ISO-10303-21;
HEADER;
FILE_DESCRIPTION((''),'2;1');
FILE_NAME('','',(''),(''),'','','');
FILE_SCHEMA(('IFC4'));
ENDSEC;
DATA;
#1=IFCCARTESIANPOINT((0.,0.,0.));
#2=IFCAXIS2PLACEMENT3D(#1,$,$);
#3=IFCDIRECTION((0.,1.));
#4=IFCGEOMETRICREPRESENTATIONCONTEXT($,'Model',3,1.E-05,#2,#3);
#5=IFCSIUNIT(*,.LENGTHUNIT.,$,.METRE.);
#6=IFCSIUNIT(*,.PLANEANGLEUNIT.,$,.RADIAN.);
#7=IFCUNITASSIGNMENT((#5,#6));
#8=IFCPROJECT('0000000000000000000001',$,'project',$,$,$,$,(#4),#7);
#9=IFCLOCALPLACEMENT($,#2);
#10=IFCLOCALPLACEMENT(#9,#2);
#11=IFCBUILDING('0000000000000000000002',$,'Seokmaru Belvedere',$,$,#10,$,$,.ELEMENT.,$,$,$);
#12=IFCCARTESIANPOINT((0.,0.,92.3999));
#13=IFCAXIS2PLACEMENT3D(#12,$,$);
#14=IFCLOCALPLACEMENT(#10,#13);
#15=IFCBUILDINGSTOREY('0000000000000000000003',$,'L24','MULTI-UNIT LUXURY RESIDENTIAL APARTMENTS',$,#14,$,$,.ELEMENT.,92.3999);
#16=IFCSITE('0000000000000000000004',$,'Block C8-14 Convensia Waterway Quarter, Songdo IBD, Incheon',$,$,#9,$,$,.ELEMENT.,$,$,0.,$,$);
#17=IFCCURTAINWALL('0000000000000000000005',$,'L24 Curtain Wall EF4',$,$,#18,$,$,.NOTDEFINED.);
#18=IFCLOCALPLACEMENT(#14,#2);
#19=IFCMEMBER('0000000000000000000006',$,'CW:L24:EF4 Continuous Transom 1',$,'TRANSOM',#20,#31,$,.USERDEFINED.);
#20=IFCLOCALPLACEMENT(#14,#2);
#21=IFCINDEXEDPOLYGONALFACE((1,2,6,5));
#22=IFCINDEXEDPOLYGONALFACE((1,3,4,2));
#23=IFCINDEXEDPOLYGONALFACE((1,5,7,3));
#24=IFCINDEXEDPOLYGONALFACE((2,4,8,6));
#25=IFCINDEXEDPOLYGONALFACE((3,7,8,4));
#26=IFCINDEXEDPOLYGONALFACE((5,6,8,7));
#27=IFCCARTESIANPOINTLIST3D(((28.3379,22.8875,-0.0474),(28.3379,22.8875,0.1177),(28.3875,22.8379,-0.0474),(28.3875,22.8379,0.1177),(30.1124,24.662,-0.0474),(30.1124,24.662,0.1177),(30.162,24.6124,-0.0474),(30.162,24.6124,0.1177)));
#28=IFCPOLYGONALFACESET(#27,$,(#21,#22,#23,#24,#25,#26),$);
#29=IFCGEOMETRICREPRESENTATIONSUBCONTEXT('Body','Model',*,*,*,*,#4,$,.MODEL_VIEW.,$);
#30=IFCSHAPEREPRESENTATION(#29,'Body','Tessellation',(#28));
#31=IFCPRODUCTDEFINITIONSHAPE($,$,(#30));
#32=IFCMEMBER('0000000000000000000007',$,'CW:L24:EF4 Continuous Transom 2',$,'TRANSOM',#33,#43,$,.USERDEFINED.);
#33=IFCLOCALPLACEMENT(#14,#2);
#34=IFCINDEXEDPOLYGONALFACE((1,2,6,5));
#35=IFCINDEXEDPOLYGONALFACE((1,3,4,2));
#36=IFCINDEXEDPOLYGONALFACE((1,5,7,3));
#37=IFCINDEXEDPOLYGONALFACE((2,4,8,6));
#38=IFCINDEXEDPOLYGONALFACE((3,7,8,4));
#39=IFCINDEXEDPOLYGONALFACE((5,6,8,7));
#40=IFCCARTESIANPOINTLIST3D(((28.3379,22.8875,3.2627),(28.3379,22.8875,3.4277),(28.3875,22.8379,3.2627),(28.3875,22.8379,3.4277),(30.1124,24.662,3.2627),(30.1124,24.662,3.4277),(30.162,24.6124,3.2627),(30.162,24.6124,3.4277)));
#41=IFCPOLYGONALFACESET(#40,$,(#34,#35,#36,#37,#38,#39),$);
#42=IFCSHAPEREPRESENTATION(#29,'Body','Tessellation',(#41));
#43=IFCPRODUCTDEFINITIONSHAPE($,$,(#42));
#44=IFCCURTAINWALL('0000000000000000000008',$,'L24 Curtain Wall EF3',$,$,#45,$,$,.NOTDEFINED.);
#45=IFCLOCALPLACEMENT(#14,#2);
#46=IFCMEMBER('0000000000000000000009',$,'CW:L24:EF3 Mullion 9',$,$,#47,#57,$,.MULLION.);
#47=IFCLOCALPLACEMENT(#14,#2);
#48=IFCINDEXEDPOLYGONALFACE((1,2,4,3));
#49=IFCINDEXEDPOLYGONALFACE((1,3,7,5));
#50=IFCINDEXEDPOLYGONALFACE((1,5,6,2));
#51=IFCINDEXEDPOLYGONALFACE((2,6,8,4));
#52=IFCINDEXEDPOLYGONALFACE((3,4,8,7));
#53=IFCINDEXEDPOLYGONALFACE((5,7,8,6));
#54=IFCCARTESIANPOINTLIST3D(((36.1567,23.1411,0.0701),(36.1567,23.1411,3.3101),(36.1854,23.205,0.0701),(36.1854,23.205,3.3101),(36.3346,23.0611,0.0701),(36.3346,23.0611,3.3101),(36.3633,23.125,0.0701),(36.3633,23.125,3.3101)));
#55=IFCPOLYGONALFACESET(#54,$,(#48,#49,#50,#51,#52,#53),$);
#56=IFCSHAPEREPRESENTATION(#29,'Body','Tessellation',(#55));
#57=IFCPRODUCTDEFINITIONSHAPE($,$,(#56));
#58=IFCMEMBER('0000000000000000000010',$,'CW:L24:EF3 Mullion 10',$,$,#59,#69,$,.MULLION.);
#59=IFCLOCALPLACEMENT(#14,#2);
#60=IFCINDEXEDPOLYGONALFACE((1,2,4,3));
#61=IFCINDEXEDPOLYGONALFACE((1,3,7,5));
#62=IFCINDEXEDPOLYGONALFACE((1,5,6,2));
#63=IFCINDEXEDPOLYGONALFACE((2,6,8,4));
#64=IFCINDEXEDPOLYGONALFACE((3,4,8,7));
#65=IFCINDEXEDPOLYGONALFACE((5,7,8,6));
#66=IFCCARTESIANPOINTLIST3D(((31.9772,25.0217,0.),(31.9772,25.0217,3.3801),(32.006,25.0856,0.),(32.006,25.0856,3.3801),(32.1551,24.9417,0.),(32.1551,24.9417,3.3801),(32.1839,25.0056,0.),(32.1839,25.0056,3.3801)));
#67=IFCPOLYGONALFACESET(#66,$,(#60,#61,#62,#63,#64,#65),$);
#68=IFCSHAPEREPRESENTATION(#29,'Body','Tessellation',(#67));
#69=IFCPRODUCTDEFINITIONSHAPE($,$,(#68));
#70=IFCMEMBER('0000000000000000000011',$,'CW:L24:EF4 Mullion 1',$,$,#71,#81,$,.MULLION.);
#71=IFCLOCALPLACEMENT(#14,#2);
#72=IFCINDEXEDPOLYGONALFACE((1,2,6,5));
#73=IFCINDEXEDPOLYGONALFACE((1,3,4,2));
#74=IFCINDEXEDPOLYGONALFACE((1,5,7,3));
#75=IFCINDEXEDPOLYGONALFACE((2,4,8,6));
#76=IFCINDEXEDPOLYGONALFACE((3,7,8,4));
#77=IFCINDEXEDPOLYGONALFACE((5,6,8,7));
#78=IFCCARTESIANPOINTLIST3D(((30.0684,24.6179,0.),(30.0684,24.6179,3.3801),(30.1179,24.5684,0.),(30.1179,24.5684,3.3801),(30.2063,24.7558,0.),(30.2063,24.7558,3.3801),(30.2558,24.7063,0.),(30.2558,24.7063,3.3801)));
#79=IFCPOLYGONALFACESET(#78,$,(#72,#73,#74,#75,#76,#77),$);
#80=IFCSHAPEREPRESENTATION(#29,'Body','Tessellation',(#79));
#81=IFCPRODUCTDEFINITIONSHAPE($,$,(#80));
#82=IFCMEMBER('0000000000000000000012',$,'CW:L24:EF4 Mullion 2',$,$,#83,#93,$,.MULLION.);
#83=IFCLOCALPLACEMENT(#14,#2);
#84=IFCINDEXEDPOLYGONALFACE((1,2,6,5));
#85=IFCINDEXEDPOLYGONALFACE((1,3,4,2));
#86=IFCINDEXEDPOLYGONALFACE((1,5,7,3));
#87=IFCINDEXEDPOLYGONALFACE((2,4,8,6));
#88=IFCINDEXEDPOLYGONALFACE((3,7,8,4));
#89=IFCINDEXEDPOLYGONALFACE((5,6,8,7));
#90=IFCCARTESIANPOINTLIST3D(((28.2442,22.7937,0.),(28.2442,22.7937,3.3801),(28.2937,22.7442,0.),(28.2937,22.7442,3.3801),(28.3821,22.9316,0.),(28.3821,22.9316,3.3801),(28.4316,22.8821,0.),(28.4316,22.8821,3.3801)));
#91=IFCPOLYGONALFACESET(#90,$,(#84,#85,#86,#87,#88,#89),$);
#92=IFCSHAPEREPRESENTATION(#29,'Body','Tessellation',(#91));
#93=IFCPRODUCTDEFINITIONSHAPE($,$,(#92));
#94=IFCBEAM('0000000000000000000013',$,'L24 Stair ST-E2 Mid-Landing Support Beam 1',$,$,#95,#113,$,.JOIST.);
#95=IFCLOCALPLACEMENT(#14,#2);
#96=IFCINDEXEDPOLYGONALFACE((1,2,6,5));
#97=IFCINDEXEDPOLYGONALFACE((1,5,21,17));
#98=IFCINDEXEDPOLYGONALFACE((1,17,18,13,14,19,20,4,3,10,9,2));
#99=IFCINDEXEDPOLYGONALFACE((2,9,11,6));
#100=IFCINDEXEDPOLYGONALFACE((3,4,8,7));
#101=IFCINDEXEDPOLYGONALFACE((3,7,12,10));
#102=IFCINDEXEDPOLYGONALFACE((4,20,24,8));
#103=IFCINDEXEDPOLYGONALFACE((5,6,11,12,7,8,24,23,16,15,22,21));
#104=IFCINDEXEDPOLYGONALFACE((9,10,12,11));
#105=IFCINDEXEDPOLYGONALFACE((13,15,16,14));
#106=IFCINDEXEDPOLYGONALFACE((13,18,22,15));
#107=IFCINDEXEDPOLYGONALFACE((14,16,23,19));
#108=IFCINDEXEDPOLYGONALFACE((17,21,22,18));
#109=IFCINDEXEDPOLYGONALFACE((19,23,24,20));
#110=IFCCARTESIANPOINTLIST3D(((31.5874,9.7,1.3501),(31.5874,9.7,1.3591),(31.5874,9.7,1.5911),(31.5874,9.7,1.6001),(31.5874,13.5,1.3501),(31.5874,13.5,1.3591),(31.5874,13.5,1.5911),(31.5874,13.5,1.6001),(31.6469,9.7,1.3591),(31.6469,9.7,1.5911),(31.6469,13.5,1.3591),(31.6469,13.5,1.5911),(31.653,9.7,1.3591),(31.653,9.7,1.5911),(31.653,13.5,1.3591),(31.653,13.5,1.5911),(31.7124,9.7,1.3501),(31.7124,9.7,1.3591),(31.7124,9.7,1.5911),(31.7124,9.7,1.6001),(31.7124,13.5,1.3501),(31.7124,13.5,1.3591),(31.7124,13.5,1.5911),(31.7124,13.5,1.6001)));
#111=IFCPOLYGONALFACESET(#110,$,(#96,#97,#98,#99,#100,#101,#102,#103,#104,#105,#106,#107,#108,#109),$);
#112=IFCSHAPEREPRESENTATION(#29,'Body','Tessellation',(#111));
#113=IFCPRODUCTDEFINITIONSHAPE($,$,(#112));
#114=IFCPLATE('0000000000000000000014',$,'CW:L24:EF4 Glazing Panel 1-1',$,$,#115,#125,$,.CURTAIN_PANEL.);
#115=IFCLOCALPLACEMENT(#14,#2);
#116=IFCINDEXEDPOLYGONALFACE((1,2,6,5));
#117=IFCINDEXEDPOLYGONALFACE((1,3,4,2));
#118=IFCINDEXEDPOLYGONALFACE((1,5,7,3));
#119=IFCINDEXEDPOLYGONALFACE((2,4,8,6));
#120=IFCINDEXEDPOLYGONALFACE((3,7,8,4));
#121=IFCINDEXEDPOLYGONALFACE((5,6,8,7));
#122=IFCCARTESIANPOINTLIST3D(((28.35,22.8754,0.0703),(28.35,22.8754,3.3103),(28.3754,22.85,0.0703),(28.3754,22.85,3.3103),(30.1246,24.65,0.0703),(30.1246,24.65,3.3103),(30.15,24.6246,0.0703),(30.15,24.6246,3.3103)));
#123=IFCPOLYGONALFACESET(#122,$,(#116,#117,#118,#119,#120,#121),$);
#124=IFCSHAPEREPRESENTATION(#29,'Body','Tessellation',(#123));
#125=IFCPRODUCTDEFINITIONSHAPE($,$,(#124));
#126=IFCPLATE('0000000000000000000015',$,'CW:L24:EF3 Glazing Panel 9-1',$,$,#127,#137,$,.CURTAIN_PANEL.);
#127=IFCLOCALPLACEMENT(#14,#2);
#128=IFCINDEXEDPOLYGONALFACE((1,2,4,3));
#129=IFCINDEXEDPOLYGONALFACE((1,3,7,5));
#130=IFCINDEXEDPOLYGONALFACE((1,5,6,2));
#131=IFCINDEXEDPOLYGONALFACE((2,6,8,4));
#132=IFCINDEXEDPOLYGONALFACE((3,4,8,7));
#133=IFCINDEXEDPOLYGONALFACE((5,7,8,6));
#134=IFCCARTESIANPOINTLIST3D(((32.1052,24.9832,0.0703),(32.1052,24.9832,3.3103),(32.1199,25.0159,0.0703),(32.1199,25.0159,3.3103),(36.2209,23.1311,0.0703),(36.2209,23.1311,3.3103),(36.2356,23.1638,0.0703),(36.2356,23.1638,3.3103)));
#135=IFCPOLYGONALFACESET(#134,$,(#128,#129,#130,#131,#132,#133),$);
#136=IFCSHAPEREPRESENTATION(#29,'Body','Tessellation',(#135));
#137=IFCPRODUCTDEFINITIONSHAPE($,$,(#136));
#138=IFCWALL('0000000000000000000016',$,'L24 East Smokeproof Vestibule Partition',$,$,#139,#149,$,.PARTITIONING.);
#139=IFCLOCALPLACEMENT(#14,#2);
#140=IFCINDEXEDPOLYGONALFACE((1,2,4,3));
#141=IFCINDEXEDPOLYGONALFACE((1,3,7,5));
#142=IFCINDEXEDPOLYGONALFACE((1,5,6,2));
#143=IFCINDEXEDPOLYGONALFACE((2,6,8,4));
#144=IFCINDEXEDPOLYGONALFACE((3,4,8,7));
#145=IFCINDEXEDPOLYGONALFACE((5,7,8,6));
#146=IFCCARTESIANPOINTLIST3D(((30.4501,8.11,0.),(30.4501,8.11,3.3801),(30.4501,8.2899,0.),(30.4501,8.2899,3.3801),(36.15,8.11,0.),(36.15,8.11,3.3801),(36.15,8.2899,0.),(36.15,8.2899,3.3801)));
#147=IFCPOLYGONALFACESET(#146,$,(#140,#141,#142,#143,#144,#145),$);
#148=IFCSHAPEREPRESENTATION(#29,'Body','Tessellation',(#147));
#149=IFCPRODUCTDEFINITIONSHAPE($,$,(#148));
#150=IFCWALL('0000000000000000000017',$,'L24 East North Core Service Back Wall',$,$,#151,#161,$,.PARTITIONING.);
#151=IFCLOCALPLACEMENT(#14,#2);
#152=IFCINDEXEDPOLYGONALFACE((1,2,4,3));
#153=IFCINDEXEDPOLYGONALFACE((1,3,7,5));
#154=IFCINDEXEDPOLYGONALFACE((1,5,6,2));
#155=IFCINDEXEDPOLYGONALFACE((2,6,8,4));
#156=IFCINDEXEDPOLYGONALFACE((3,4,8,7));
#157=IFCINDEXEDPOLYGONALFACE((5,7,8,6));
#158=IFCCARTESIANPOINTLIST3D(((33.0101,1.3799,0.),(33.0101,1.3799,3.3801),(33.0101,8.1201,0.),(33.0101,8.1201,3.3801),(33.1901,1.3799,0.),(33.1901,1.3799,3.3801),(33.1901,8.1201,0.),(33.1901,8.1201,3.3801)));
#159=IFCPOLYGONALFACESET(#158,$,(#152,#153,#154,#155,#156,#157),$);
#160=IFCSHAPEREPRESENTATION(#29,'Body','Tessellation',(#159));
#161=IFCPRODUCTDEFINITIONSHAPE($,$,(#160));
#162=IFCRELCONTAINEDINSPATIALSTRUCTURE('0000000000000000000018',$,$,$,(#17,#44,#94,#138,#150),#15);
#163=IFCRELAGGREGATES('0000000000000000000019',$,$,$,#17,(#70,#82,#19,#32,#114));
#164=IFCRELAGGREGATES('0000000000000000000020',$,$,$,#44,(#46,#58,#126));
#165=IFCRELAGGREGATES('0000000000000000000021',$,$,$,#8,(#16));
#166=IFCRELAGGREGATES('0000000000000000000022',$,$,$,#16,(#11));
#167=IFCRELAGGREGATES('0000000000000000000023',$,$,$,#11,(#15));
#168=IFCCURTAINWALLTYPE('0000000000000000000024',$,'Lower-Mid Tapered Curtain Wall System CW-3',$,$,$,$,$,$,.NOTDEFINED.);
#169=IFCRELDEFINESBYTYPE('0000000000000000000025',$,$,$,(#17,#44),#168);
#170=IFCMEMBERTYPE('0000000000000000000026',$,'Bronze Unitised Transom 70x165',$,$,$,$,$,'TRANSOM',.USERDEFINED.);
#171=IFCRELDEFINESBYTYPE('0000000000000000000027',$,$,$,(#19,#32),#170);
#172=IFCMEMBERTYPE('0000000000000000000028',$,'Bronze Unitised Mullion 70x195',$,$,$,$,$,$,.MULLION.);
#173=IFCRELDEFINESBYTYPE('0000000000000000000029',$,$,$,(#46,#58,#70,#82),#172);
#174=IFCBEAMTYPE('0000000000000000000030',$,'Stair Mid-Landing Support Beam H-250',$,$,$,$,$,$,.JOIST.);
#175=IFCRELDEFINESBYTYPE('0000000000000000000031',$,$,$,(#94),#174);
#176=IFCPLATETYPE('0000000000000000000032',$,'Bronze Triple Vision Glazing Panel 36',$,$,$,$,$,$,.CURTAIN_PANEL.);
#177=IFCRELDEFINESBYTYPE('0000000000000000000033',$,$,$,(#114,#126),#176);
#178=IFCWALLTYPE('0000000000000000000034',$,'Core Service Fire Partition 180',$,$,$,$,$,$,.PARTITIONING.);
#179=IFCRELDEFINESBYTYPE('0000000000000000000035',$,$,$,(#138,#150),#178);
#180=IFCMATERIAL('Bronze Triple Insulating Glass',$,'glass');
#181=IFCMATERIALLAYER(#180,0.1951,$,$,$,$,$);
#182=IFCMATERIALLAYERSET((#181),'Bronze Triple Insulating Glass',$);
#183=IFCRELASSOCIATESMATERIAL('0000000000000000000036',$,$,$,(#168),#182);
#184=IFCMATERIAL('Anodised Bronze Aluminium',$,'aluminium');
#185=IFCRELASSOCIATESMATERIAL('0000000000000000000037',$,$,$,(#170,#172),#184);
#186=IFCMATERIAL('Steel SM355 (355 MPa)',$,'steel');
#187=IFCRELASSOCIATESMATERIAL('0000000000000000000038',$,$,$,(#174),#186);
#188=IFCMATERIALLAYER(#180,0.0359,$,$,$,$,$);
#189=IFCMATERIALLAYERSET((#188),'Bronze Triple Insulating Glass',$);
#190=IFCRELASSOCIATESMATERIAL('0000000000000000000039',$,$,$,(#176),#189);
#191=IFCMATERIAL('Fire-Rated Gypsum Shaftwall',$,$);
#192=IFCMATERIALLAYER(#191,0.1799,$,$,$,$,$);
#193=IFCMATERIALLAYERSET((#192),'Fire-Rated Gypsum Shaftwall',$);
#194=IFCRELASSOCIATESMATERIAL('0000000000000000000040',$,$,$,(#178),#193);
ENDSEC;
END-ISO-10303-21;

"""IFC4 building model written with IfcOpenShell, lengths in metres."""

from ifc_helpers import new_model, si_unit, direction, frame, frame_2d, origin, origin_2d, place, context, subcontext, project, spatial, rectangle, i_section, extrude, source, transform, mapped, material, layer, layer_set, material_profile, profile_set, type_object, type_shapes, element, aggregate, save


model = new_model("IFC4")

# Units and contexts
model_context = context("Model", 3, precision=1e-05, world=origin(), true_north=direction((0.0, 1.0)))
body_context = subcontext(model_context, "Body", "Model", "MODEL_VIEW")
ifc_project = project(units=[si_unit("LENGTHUNIT", "METRE"), si_unit("PLANEANGLEUNIT", "RADIAN")], contexts=[model_context])

# Site, building, storey
site_placement = place(None, origin())
site = spatial("IfcSite", under=ifc_project, at=site_placement, Name="Block C8-14 Convensia Waterway Quarter, Songdo IBD, Incheon", CompositionType="ELEMENT", RefElevation=0.0)
building_placement = place(site_placement, origin())
building = spatial("IfcBuilding", under=site, at=building_placement, Name="Seokmaru Belvedere", CompositionType="ELEMENT")
storey_placement = place(building_placement, frame((0.0, 0.0, 92.3999)))
storey = spatial("IfcBuildingStorey", under=building, at=storey_placement, Name="L24", Description="MULTI-UNIT LUXURY RESIDENTIAL APARTMENTS", CompositionType="ELEMENT", Elevation=92.3999)

# Shared definitions
ifc_material_1 = material(Name="Steel SM355 (355 MPa)", Category="steel")

# Curtain walls, members
ifc_material_2 = material(Name="Bronze Triple Insulating Glass", Category="glass")
ifc_layer_1 = layer(ifc_material_2, 0.1951)
ifc_layer_set_1 = layer_set([ifc_layer_1], Name="Bronze Triple Insulating Glass")
curtain_wall_type = type_object("IfcCurtainWallType", Name="Lower-Mid Tapered Curtain Wall System CW-3", PredefinedType="NOTDEFINED", material=ifc_layer_set_1)
curtain_wall_1_placement = place(storey_placement, origin())
curtain_wall_1 = element("IfcCurtainWall", 1, at=curtain_wall_1_placement, inside=storey, type_object=curtain_wall_type, Name="L24 Curtain Wall EF4", PredefinedType="NOTDEFINED")
ifc_material_3 = material(Name="Anodised Bronze Aluminium", Category="aluminium")
ifc_material_profile_1 = material_profile(ifc_material_3, rectangle(XDim=0.0701, YDim=0.165, at=origin_2d()), Name="CW-T-70x165")
ifc_profile_set_1 = profile_set([ifc_material_profile_1], Name="Anodised Bronze Aluminium")
member_type_1 = type_object("IfcMemberType", Name="Bronze Unitised Transom 70x165", ElementType="TRANSOM", PredefinedType="USERDEFINED", material=ifc_profile_set_1)
shared_shape_1 = source(origin(), body_context, "Body", "SweptSolid", [
    extrude(rectangle(XDim=0.0701, YDim=0.165, at=origin_2d()), origin(), (0.0, 0.0, 1.0), 2.5095),
])
type_shapes(member_type_1, [shared_shape_1])
member_1_placement = place(storey_placement, frame((30.1372, 24.6372, 0.0352), z_axis=(-0.707107, -0.707107, 0.0), x_axis=(0.707107, -0.707107, 0.0)))
member_1 = element("IfcMember", 2, at=member_1_placement, type_object=member_type_1, Name="CW:L24:EF4 Continuous Transom 1", ObjectType="TRANSOM", PredefinedType="USERDEFINED", context=body_context, shape_type="MappedRepresentation", body=[
    mapped(shared_shape_1, transform((0.0, 0.0, 0.0), scale=1.0)),
])
member_2_placement = place(storey_placement, frame((30.1372, 24.6372, 3.3452), z_axis=(-0.707107, -0.707107, 0.0), x_axis=(0.707107, -0.707107, 0.0)))
member_2 = element("IfcMember", 3, at=member_2_placement, type_object=member_type_1, Name="CW:L24:EF4 Continuous Transom 2", ObjectType="TRANSOM", PredefinedType="USERDEFINED", context=body_context, shape_type="MappedRepresentation", body=[
    mapped(shared_shape_1, transform((0.0, 0.0, 0.0), scale=1.0)),
])
curtain_wall_2_placement = place(storey_placement, origin())
curtain_wall_2 = element("IfcCurtainWall", 4, at=curtain_wall_2_placement, inside=storey, type_object=curtain_wall_type, Name="L24 Curtain Wall EF3", PredefinedType="NOTDEFINED")
ifc_material_profile_2 = material_profile(ifc_material_3, rectangle(XDim=0.0701, YDim=0.1951, at=origin_2d()), Name="CW-M-70x195")
ifc_profile_set_2 = profile_set([ifc_material_profile_2], Name="Anodised Bronze Aluminium")
member_type_2 = type_object("IfcMemberType", Name="Bronze Unitised Mullion 70x195", PredefinedType="MULLION", material=ifc_profile_set_2)
shared_shape_2 = source(origin(), body_context, "Body", "SweptSolid", [
    extrude(rectangle(XDim=0.0701, YDim=0.1951, at=origin_2d()), origin(), (0.0, 0.0, 1.0), 3.24),
])
member_3_placement = place(storey_placement, frame((36.26, 23.1331, 0.0701), z_axis=(0.0, 0.0, 1.0), x_axis=(-0.410366, -0.911921, 0.0)))
member_3 = element("IfcMember", 5, at=member_3_placement, type_object=member_type_2, Name="CW:L24:EF3 Mullion 9", PredefinedType="MULLION", context=body_context, shape_type="MappedRepresentation", body=[
    mapped(shared_shape_2, transform((0.0, 0.0, 0.0), scale=1.0)),
])
shared_shape_3 = source(origin(), body_context, "Body", "SweptSolid", [
    extrude(rectangle(XDim=0.0701, YDim=0.1951, at=origin_2d()), origin(), (0.0, 0.0, 1.0), 3.3801),
])
type_shapes(member_type_2, [shared_shape_2, shared_shape_3])
member_4_placement = place(storey_placement, frame((32.0806, 25.0137, 0.0), z_axis=(0.0, 0.0, 1.0), x_axis=(-0.410366, -0.911921, 0.0)))
member_4 = element("IfcMember", 6, at=member_4_placement, type_object=member_type_2, Name="CW:L24:EF3 Mullion 10", PredefinedType="MULLION", context=body_context, shape_type="MappedRepresentation", body=[
    mapped(shared_shape_3, transform((0.0, 0.0, 0.0), scale=1.0)),
])

# Members
member_5_placement = place(storey_placement, frame((30.1621, 24.6621, 0.0), z_axis=(0.0, 0.0, 1.0), x_axis=(0.707107, -0.707107, 0.0)))
member_5 = element("IfcMember", 7, at=member_5_placement, type_object=member_type_2, Name="CW:L24:EF4 Mullion 1", PredefinedType="MULLION", context=body_context, shape_type="MappedRepresentation", body=[
    mapped(shared_shape_3, transform((0.0, 0.0, 0.0), scale=1.0)),
])
member_6_placement = place(storey_placement, frame((28.3379, 22.8379, 0.0), z_axis=(0.0, 0.0, 1.0), x_axis=(0.707107, -0.707107, 0.0)))
member_6 = element("IfcMember", 8, at=member_6_placement, type_object=member_type_2, Name="CW:L24:EF4 Mullion 2", PredefinedType="MULLION", context=body_context, shape_type="MappedRepresentation", body=[
    mapped(shared_shape_3, transform((0.0, 0.0, 0.0), scale=1.0)),
])

# Beam
ifc_material_profile_3 = material_profile(ifc_material_1, i_section(OverallWidth=0.125, OverallDepth=0.25, WebThickness=0.0061, FlangeThickness=0.009, at=origin_2d()), Name="H-250x125x6x9")
ifc_profile_set_3 = profile_set([ifc_material_profile_3], Name="Steel SM355 (355 MPa)")
beam_type_1 = type_object("IfcBeamType", Name="Stair Mid-Landing Support Beam H-250", PredefinedType="JOIST", material=ifc_profile_set_3)
shared_shape_4 = source(origin(), body_context, "Body", "SweptSolid", [
    extrude(i_section(OverallWidth=0.125, OverallDepth=0.25, WebThickness=0.0061, FlangeThickness=0.009, at=origin_2d()), origin(), (0.0, 0.0, 1.0), 3.8),
])
type_shapes(beam_type_1, [shared_shape_4])
beam_1_placement = place(storey_placement, frame((31.6499, 9.7, 1.4751), z_axis=(0.0, 1.0, 0.0), x_axis=(-1.0, 0.0, 0.0)))
element("IfcBeam", 9, at=beam_1_placement, inside=storey, type_object=beam_type_1, Name="L24 Stair ST-E2 Mid-Landing Support Beam 1", PredefinedType="JOIST", context=body_context, shape_type="MappedRepresentation", body=[
    mapped(shared_shape_4, transform((0.0, 0.0, 0.0), scale=1.0)),
])

# Plates
ifc_layer_2 = layer(ifc_material_2, 0.0359)
ifc_layer_set_2 = layer_set([ifc_layer_2], Name="Bronze Triple Insulating Glass")
plate_type = type_object("IfcPlateType", Name="Bronze Triple Vision Glazing Panel 36", PredefinedType="CURTAIN_PANEL", material=ifc_layer_set_2)
shared_shape_5 = source(origin(), body_context, "Body", "SweptSolid", [
    extrude(rectangle(XDim=2.5098, YDim=0.0359, at=origin_2d()), origin(), (0.0, 0.0, 1.0), 3.24),
])
plate_1_placement = place(storey_placement, frame((29.25, 23.75, 0.0703), z_axis=(0.0, 0.0, 1.0), x_axis=(-0.707107, -0.707107, 0.0)))
plate_1 = element("IfcPlate", 10, at=plate_1_placement, type_object=plate_type, Name="CW:L24:EF4 Glazing Panel 1-1", PredefinedType="CURTAIN_PANEL", context=body_context, shape_type="MappedRepresentation", body=[
    mapped(shared_shape_5, transform((0.0, 0.0, 0.0), scale=1.0)),
])
aggregate(curtain_wall_1, [member_5, member_6, member_1, member_2, plate_1])
shared_shape_6 = source(origin(), body_context, "Body", "SweptSolid", [
    extrude(rectangle(XDim=4.5132, YDim=0.0359, at=origin_2d()), origin(), (0.0, 0.0, 1.0), 3.24),
])
type_shapes(plate_type, [shared_shape_5, shared_shape_6])
plate_2_placement = place(storey_placement, frame((34.1704, 24.0735, 0.0703), z_axis=(0.0, 0.0, 1.0), x_axis=(-0.911921, 0.410366, 0.0)))
plate_2 = element("IfcPlate", 11, at=plate_2_placement, type_object=plate_type, Name="CW:L24:EF3 Glazing Panel 9-1", PredefinedType="CURTAIN_PANEL", context=body_context, shape_type="MappedRepresentation", body=[
    mapped(shared_shape_6, transform((0.0, 0.0, 0.0), scale=1.0)),
])
aggregate(curtain_wall_2, [member_3, member_4, plate_2])

# Walls
ifc_material_4 = material(Name="Fire-Rated Gypsum Shaftwall")
ifc_layer_3 = layer(ifc_material_4, 0.1799)
ifc_layer_set_3 = layer_set([ifc_layer_3], Name="Fire-Rated Gypsum Shaftwall")
wall_type_1 = type_object("IfcWallType", Name="Core Service Fire Partition 180", PredefinedType="PARTITIONING", material=ifc_layer_set_3)
wall_1_placement = place(storey_placement, frame((30.45, 8.2, 0.0), z_axis=(0.0, 0.0, 1.0), x_axis=(1.0, 0.0, 0.0)))
element("IfcWall", 12, at=wall_1_placement, inside=storey, type_object=wall_type_1, Name="L24 East Smokeproof Vestibule Partition", PredefinedType="PARTITIONING", context=body_context, shape_type="SweptSolid", body=[
    extrude(rectangle(XDim=5.7, YDim=0.1799, at=frame_2d((2.8501, 0.0))), origin(), (0.0, 0.0, 1.0), 3.3801),
])
wall_2_placement = place(storey_placement, frame((33.1001, 1.3799, 0.0), z_axis=(0.0, 0.0, 1.0), x_axis=(0.0, 1.0, 0.0)))
element("IfcWall", 13, at=wall_2_placement, inside=storey, type_object=wall_type_1, Name="L24 East North Core Service Back Wall", PredefinedType="PARTITIONING", context=body_context, shape_type="SweptSolid", body=[
    extrude(rectangle(XDim=6.7402, YDim=0.1799, at=frame_2d((3.3701, 0.0))), origin(), (0.0, 0.0, 1.0), 3.3801),
])

save(model, "model.ifc")
